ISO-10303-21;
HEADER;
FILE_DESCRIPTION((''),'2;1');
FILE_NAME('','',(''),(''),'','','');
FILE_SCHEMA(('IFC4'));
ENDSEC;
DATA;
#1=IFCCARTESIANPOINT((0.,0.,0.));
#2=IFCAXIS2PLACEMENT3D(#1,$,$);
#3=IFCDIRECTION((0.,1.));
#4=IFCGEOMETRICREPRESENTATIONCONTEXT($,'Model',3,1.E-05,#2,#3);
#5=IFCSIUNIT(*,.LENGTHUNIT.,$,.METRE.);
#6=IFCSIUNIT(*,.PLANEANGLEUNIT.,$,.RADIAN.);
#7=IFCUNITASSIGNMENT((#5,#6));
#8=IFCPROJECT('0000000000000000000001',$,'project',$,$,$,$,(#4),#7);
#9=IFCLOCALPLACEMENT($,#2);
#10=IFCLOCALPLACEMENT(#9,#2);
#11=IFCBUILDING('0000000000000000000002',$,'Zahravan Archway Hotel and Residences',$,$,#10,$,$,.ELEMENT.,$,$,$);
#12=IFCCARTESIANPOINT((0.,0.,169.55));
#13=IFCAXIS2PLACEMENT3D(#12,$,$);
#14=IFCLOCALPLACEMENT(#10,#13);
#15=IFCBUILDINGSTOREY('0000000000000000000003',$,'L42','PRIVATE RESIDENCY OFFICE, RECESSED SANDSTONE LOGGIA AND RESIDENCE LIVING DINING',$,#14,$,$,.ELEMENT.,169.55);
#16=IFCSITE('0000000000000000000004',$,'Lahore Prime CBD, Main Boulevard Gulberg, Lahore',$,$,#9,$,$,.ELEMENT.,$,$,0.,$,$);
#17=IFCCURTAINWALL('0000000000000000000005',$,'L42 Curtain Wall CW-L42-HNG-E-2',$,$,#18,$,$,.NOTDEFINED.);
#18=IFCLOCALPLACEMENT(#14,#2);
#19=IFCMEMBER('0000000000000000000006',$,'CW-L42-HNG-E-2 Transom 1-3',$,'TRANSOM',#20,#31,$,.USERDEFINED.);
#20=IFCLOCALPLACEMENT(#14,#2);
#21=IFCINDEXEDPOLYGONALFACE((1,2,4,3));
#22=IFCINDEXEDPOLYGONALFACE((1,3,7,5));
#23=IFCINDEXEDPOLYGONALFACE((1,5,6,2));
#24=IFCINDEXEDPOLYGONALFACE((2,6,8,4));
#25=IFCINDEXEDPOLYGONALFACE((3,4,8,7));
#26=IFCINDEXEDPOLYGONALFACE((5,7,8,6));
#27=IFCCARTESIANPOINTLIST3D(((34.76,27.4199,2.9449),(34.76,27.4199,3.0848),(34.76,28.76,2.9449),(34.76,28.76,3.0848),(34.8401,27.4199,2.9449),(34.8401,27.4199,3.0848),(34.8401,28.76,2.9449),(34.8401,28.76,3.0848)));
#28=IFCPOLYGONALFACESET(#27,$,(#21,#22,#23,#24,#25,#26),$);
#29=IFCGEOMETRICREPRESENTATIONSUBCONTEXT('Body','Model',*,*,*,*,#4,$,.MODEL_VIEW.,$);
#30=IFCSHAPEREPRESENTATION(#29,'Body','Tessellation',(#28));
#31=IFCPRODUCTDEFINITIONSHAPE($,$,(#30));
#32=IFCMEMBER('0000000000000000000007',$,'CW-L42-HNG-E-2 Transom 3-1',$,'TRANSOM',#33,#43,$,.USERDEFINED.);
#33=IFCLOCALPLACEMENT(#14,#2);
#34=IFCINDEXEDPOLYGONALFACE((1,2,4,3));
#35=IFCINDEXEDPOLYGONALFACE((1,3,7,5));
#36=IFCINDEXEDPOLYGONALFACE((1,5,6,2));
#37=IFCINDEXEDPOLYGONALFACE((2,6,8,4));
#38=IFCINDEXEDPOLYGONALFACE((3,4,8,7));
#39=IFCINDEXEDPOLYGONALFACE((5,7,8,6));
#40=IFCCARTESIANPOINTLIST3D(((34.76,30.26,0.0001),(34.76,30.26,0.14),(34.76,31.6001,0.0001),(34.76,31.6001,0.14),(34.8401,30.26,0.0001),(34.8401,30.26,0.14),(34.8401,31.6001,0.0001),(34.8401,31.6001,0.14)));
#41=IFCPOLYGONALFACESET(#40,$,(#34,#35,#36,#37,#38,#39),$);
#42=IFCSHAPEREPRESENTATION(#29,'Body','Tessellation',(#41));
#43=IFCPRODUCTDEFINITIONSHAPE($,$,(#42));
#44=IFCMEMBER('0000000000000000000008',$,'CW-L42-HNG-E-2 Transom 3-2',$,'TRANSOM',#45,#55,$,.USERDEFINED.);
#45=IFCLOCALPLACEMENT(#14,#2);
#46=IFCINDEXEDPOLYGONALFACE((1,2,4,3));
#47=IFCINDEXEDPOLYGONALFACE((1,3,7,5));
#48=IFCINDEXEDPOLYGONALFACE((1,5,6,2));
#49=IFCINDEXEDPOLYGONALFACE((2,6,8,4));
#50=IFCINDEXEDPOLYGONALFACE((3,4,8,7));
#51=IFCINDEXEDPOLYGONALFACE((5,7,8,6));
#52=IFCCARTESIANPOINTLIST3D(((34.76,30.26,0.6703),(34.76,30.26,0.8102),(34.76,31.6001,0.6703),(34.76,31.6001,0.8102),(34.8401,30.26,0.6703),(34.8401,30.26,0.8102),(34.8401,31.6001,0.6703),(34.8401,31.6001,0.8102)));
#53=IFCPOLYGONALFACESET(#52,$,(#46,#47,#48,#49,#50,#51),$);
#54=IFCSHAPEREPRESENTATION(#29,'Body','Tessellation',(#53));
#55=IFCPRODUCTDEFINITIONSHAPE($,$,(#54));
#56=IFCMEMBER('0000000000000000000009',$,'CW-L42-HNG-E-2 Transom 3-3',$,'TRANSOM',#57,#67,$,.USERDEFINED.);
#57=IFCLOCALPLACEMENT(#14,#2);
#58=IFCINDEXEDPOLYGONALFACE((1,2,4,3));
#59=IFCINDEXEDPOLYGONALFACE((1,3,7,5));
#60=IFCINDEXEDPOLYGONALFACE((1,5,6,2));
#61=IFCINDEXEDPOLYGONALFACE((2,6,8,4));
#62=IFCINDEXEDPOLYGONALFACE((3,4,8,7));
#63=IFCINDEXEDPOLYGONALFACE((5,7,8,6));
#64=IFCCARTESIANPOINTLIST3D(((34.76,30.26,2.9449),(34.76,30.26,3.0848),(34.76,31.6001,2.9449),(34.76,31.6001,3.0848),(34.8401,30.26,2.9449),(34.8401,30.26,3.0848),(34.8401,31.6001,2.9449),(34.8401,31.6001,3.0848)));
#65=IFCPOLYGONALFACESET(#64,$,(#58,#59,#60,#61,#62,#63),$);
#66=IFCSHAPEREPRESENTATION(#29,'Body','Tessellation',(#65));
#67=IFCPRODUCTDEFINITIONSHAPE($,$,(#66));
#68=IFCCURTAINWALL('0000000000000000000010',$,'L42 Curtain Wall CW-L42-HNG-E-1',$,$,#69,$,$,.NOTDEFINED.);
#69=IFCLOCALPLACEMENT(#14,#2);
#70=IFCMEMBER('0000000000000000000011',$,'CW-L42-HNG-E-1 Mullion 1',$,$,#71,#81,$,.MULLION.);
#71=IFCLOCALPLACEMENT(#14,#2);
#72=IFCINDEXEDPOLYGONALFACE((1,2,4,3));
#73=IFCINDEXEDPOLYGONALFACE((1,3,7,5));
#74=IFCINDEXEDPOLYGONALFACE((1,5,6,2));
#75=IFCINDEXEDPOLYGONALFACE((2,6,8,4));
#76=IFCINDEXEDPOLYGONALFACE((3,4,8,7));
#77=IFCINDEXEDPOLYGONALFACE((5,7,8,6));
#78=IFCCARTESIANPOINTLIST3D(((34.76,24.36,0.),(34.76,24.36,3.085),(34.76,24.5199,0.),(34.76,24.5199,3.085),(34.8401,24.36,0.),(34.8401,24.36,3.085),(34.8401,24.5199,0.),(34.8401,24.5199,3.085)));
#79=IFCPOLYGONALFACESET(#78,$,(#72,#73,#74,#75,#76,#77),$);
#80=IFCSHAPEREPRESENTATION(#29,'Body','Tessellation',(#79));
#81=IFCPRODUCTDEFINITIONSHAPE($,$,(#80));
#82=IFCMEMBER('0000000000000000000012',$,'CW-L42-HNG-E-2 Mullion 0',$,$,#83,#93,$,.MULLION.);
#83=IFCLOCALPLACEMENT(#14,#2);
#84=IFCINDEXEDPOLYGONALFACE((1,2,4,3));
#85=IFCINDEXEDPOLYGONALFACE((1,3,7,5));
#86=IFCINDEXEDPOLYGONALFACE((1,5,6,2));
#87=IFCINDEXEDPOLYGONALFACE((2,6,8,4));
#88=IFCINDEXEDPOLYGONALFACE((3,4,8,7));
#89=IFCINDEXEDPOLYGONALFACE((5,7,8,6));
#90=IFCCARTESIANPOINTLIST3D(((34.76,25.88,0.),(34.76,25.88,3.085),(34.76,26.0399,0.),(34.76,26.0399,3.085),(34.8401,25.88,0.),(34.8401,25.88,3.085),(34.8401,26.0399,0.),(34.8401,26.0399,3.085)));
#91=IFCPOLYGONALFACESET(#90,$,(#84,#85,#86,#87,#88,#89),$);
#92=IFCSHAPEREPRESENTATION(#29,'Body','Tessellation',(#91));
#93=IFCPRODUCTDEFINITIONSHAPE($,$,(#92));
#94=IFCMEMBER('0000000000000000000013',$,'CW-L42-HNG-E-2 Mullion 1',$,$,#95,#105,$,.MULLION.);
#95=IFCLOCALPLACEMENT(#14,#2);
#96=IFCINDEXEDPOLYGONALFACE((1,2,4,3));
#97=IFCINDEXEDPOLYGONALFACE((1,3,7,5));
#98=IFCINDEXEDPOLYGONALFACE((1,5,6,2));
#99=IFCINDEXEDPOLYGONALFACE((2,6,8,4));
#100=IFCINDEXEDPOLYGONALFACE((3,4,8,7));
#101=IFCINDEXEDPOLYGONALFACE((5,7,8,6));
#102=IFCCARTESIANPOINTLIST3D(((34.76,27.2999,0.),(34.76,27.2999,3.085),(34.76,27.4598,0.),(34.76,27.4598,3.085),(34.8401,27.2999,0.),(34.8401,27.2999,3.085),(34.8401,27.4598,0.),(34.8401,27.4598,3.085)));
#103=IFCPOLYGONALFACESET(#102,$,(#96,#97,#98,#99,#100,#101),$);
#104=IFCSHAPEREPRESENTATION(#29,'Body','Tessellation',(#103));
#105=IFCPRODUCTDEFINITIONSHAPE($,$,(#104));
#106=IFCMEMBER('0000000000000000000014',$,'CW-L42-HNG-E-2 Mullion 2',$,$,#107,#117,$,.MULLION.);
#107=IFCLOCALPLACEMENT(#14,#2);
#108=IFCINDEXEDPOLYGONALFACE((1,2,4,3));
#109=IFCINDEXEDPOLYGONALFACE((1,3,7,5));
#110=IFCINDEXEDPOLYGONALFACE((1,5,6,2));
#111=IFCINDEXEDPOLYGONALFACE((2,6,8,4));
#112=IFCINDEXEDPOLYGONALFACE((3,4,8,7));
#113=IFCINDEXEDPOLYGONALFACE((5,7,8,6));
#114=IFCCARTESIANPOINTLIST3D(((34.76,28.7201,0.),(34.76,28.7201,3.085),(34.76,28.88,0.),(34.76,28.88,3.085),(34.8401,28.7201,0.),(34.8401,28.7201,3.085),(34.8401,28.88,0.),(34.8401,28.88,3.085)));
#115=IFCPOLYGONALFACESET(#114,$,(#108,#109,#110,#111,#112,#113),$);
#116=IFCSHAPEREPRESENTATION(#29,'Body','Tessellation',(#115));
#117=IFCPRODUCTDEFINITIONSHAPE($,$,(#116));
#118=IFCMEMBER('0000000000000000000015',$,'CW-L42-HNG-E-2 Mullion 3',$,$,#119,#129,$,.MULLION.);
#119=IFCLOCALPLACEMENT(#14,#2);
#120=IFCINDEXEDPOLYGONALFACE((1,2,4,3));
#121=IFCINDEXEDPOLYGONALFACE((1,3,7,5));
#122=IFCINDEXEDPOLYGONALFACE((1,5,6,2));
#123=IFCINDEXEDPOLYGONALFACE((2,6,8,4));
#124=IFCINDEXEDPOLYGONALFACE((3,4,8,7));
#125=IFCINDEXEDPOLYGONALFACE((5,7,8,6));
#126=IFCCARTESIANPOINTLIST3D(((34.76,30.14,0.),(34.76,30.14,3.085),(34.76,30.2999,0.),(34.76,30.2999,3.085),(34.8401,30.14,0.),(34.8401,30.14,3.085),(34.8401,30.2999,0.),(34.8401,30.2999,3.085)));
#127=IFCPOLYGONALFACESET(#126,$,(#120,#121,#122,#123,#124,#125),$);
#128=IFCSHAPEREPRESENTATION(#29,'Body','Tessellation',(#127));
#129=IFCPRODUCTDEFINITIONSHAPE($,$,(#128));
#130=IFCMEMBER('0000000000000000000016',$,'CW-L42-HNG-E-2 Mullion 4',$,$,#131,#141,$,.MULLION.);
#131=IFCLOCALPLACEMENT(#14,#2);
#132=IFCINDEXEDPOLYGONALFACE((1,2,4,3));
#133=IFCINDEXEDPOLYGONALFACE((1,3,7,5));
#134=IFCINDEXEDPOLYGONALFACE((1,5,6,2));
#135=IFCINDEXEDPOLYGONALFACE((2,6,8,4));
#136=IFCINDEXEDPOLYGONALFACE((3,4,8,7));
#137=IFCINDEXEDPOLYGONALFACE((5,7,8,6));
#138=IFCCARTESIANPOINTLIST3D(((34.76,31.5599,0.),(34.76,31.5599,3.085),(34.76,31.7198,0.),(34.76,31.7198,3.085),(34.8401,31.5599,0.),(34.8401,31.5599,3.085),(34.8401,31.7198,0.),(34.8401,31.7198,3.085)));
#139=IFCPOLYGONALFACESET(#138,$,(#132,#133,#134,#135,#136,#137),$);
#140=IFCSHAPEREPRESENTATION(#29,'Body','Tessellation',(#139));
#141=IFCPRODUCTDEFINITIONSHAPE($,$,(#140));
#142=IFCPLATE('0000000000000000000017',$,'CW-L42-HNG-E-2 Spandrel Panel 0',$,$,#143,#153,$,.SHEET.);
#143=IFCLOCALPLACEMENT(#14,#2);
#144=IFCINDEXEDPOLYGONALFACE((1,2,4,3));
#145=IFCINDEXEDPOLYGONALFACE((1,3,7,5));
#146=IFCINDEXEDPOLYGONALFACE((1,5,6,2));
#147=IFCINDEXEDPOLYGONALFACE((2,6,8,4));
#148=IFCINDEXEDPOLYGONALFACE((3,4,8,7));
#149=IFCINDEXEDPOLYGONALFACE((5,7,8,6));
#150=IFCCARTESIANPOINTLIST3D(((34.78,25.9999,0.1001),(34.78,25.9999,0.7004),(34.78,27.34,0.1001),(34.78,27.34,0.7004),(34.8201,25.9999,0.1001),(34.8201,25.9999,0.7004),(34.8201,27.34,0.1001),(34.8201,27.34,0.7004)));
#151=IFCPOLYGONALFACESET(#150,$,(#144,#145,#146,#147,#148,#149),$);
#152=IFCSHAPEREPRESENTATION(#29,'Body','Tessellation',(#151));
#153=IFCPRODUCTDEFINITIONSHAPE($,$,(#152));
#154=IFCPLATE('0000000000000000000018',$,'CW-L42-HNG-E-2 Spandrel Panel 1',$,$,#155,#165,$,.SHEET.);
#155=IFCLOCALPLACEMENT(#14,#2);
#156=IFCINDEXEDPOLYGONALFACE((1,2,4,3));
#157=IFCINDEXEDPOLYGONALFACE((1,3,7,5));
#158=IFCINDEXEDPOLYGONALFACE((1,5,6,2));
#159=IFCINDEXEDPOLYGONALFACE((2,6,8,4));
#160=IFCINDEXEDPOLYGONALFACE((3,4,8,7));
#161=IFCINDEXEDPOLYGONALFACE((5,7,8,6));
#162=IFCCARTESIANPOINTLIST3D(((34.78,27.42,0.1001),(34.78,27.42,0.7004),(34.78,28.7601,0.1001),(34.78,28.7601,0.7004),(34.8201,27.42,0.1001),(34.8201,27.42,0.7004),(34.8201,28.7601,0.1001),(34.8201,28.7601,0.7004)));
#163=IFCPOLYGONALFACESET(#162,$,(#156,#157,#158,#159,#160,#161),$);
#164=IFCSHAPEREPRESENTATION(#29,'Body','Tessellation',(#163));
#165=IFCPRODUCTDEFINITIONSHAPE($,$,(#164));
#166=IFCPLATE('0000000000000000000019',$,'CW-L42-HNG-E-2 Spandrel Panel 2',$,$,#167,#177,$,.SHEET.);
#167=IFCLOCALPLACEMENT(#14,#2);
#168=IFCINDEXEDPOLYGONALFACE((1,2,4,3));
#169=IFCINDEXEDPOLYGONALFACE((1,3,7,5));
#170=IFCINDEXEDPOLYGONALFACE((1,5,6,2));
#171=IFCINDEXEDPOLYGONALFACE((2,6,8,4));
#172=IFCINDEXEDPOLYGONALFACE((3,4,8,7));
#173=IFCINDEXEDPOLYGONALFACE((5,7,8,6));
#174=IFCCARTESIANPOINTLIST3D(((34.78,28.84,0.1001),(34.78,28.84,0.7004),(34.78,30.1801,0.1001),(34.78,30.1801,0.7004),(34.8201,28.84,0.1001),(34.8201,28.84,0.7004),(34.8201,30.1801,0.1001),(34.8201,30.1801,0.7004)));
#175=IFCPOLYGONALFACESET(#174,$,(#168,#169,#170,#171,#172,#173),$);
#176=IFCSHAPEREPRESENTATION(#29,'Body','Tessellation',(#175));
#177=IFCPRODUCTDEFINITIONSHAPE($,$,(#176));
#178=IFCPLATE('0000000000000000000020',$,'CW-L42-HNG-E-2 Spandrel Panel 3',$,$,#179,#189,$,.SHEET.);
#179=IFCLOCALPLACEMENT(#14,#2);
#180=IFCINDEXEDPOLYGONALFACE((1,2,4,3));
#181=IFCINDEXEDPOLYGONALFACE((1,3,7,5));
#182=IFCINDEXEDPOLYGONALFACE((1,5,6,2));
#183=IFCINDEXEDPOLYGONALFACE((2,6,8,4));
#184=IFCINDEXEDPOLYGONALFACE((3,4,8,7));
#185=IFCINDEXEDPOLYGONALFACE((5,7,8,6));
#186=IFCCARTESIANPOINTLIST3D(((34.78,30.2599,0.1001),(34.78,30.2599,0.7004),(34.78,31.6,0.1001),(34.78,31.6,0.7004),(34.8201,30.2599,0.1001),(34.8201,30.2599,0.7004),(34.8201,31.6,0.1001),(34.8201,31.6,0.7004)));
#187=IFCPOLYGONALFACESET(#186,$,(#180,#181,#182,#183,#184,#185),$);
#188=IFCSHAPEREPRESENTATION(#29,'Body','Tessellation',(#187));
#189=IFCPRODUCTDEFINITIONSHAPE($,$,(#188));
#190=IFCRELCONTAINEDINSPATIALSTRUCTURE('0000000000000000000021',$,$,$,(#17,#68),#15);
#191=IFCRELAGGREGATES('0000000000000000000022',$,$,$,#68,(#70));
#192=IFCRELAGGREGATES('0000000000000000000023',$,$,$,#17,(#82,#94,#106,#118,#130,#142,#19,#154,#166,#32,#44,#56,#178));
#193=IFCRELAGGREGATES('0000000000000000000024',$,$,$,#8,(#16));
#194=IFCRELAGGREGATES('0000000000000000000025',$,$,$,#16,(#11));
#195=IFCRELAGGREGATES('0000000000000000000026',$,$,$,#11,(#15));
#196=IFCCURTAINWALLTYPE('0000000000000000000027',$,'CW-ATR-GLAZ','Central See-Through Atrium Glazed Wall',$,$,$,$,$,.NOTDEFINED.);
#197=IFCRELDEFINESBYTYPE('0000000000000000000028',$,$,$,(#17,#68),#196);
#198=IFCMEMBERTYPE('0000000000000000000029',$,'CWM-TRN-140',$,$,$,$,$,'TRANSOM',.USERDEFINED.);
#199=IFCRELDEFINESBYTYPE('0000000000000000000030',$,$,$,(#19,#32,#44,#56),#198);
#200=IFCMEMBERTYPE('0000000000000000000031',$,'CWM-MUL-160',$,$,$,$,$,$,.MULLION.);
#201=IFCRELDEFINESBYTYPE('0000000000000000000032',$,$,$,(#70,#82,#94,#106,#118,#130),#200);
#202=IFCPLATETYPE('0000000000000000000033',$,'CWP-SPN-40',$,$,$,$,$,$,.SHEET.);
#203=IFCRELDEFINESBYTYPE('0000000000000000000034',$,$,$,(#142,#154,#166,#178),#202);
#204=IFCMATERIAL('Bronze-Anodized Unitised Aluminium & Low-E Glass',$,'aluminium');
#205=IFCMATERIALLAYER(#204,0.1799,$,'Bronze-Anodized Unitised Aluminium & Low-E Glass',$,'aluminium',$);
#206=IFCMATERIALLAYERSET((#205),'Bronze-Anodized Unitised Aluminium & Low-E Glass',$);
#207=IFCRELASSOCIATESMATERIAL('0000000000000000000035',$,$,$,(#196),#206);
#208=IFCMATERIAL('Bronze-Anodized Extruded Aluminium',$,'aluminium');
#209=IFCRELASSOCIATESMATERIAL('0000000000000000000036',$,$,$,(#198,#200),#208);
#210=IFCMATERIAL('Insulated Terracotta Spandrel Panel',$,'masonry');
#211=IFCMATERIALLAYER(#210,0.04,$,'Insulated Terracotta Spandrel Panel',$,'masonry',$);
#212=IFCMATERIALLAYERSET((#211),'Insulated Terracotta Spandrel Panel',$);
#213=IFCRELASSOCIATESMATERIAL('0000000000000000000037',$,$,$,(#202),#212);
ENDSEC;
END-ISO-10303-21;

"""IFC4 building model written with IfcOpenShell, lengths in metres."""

from ifc_helpers import new_model, si_unit, direction, frame, origin, origin_2d, place, context, subcontext, project, spatial, rectangle, extrude, source, transform, mapped, material, layer, layer_set, material_profile, profile_set, type_object, element, aggregate, save


model = new_model("IFC4")

# Units and contexts
model_context = context("Model", 3, precision=1e-05, world=origin(), true_north=direction((0.0, 1.0)))
body_context = subcontext(model_context, "Body", "Model", "MODEL_VIEW")
ifc_project = project(units=[si_unit("LENGTHUNIT", "METRE"), si_unit("PLANEANGLEUNIT", "RADIAN")], contexts=[model_context])

# Site, building, storey
site_placement = place(None, origin())
site = spatial("IfcSite", under=ifc_project, at=site_placement, Name="Lahore Prime CBD, Main Boulevard Gulberg, Lahore", CompositionType="ELEMENT", RefElevation=0.0)
building_placement = place(site_placement, origin())
building = spatial("IfcBuilding", under=site, at=building_placement, Name="Zahravan Archway Hotel and Residences", CompositionType="ELEMENT")
storey_placement = place(building_placement, frame((0.0, 0.0, 169.55)))
storey = spatial("IfcBuildingStorey", under=building, at=storey_placement, Name="L42", Description="PRIVATE RESIDENCY OFFICE, RECESSED SANDSTONE LOGGIA AND RESIDENCE LIVING DINING", CompositionType="ELEMENT", Elevation=169.55)

# Curtain wall, members
ifc_material_1 = material(Name="Bronze-Anodized Unitised Aluminium & Low-E Glass", Category="aluminium")
ifc_layer_1 = layer(ifc_material_1, 0.1799, Name="Bronze-Anodized Unitised Aluminium & Low-E Glass", Category="aluminium")
ifc_layer_set_1 = layer_set([ifc_layer_1], Name="Bronze-Anodized Unitised Aluminium & Low-E Glass")
curtain_wall_type = type_object("IfcCurtainWallType", Name="CW-ATR-GLAZ", Description="Central See-Through Atrium Glazed Wall", PredefinedType="NOTDEFINED", material=ifc_layer_set_1)
curtain_wall_1_placement = place(storey_placement, origin())
curtain_wall_1 = element("IfcCurtainWall", 1, at=curtain_wall_1_placement, inside=storey, type_object=curtain_wall_type, Name="L42 Curtain Wall CW-L42-HNG-E-2", PredefinedType="NOTDEFINED")
ifc_material_2 = material(Name="Bronze-Anodized Extruded Aluminium", Category="aluminium")
ifc_material_profile_1 = material_profile(ifc_material_2, rectangle(XDim=0.0801, YDim=0.1399, at=origin_2d()), Name="TRN 80x140", Category="aluminium")
ifc_profile_set_1 = profile_set([ifc_material_profile_1], Name="Bronze-Anodized Extruded Aluminium")
member_type_1 = type_object("IfcMemberType", Name="CWM-TRN-140", ElementType="TRANSOM", PredefinedType="USERDEFINED", material=ifc_profile_set_1)
shared_shape_1 = source(origin(), body_context, "Body", "SweptSolid", [
    extrude(rectangle(XDim=0.0801, YDim=0.1399, at=origin_2d()), origin(), (0.0, 0.0, 1.0), 1.3401),
])
member_1_placement = place(storey_placement, frame((34.8, 27.4199, 3.0149), z_axis=(0.0, 1.0, 0.0), x_axis=(-1.0, 0.0, 0.0)))
member_1 = element("IfcMember", 2, at=member_1_placement, type_object=member_type_1, Name="CW-L42-HNG-E-2 Transom 1-3", ObjectType="TRANSOM", PredefinedType="USERDEFINED", context=body_context, shape_type="MappedRepresentation", body=[
    mapped(shared_shape_1, transform((0.0, 0.0, 0.0), scale=1.0)),
])
member_2_placement = place(storey_placement, frame((34.8, 30.26, 0.0701), z_axis=(0.0, 1.0, 0.0), x_axis=(-1.0, 0.0, 0.0)))
member_2 = element("IfcMember", 3, at=member_2_placement, type_object=member_type_1, Name="CW-L42-HNG-E-2 Transom 3-1", ObjectType="TRANSOM", PredefinedType="USERDEFINED", context=body_context, shape_type="MappedRepresentation", body=[
    mapped(shared_shape_1, transform((0.0, 0.0, 0.0), scale=1.0)),
])
member_3_placement = place(storey_placement, frame((34.8, 30.26, 0.7402), z_axis=(0.0, 1.0, 0.0), x_axis=(-1.0, 0.0, 0.0)))
member_3 = element("IfcMember", 4, at=member_3_placement, type_object=member_type_1, Name="CW-L42-HNG-E-2 Transom 3-2", ObjectType="TRANSOM", PredefinedType="USERDEFINED", context=body_context, shape_type="MappedRepresentation", body=[
    mapped(shared_shape_1, transform((0.0, 0.0, 0.0), scale=1.0)),
])
member_4_placement = place(storey_placement, frame((34.8, 30.26, 3.0149), z_axis=(0.0, 1.0, 0.0), x_axis=(-1.0, 0.0, 0.0)))
member_4 = element("IfcMember", 5, at=member_4_placement, type_object=member_type_1, Name="CW-L42-HNG-E-2 Transom 3-3", ObjectType="TRANSOM", PredefinedType="USERDEFINED", context=body_context, shape_type="MappedRepresentation", body=[
    mapped(shared_shape_1, transform((0.0, 0.0, 0.0), scale=1.0)),
])

# Curtain wall, member
curtain_wall_2_placement = place(storey_placement, origin())
curtain_wall_2 = element("IfcCurtainWall", 6, at=curtain_wall_2_placement, inside=storey, type_object=curtain_wall_type, Name="L42 Curtain Wall CW-L42-HNG-E-1", PredefinedType="NOTDEFINED")
ifc_material_profile_2 = material_profile(ifc_material_2, rectangle(XDim=0.0801, YDim=0.1599, at=origin_2d()), Name="MUL 80x160", Category="aluminium")
ifc_profile_set_2 = profile_set([ifc_material_profile_2], Name="Bronze-Anodized Extruded Aluminium")
member_type_2 = type_object("IfcMemberType", Name="CWM-MUL-160", PredefinedType="MULLION", material=ifc_profile_set_2)
shared_shape_2 = source(origin(), body_context, "Body", "SweptSolid", [
    extrude(rectangle(XDim=0.0801, YDim=0.1599, at=origin_2d()), origin(), (0.0, 0.0, 1.0), 3.085),
])
member_5_placement = place(storey_placement, frame((34.8, 24.4399, 0.0), z_axis=(0.0, 0.0, 1.0), x_axis=(1.0, 0.0, 0.0)))
member_5 = element("IfcMember", 7, at=member_5_placement, type_object=member_type_2, Name="CW-L42-HNG-E-1 Mullion 1", PredefinedType="MULLION", context=body_context, shape_type="MappedRepresentation", body=[
    mapped(shared_shape_2, transform((0.0, 0.0, 0.0), scale=1.0)),
])
aggregate(curtain_wall_2, [member_5])

# Members
member_6_placement = place(storey_placement, frame((34.8, 25.96, 0.0), z_axis=(0.0, 0.0, 1.0), x_axis=(1.0, 0.0, 0.0)))
member_6 = element("IfcMember", 8, at=member_6_placement, type_object=member_type_2, Name="CW-L42-HNG-E-2 Mullion 0", PredefinedType="MULLION", context=body_context, shape_type="MappedRepresentation", body=[
    mapped(shared_shape_2, transform((0.0, 0.0, 0.0), scale=1.0)),
])
member_7_placement = place(storey_placement, frame((34.8, 27.3799, 0.0), z_axis=(0.0, 0.0, 1.0), x_axis=(1.0, 0.0, 0.0)))
member_7 = element("IfcMember", 9, at=member_7_placement, type_object=member_type_2, Name="CW-L42-HNG-E-2 Mullion 1", PredefinedType="MULLION", context=body_context, shape_type="MappedRepresentation", body=[
    mapped(shared_shape_2, transform((0.0, 0.0, 0.0), scale=1.0)),
])
member_8_placement = place(storey_placement, frame((34.8, 28.8, 0.0), z_axis=(0.0, 0.0, 1.0), x_axis=(1.0, 0.0, 0.0)))
member_8 = element("IfcMember", 10, at=member_8_placement, type_object=member_type_2, Name="CW-L42-HNG-E-2 Mullion 2", PredefinedType="MULLION", context=body_context, shape_type="MappedRepresentation", body=[
    mapped(shared_shape_2, transform((0.0, 0.0, 0.0), scale=1.0)),
])
member_9_placement = place(storey_placement, frame((34.8, 30.22, 0.0), z_axis=(0.0, 0.0, 1.0), x_axis=(1.0, 0.0, 0.0)))
member_9 = element("IfcMember", 11, at=member_9_placement, type_object=member_type_2, Name="CW-L42-HNG-E-2 Mullion 3", PredefinedType="MULLION", context=body_context, shape_type="MappedRepresentation", body=[
    mapped(shared_shape_2, transform((0.0, 0.0, 0.0), scale=1.0)),
])
member_10_placement = place(storey_placement, frame((34.8, 31.6399, 0.0), z_axis=(0.0, 0.0, 1.0), x_axis=(1.0, 0.0, 0.0)))
member_10 = element("IfcMember", 12, at=member_10_placement, type_object=member_type_2, Name="CW-L42-HNG-E-2 Mullion 4", PredefinedType="MULLION", context=body_context, shape_type="MappedRepresentation", body=[
    mapped(shared_shape_2, transform((0.0, 0.0, 0.0), scale=1.0)),
])

# Plates
ifc_material_3 = material(Name="Insulated Terracotta Spandrel Panel", Category="masonry")
ifc_layer_2 = layer(ifc_material_3, 0.04, Name="Insulated Terracotta Spandrel Panel", Category="masonry")
ifc_layer_set_2 = layer_set([ifc_layer_2], Name="Insulated Terracotta Spandrel Panel")
plate_type_1 = type_object("IfcPlateType", Name="CWP-SPN-40", PredefinedType="SHEET", material=ifc_layer_set_2)
shared_shape_3 = source(origin(), body_context, "Body", "SweptSolid", [
    extrude(rectangle(XDim=1.3401, YDim=0.04, at=origin_2d()), origin(), (0.0, 0.0, 1.0), 0.6003),
])
plate_1_placement = place(storey_placement, frame((34.8, 26.6699, 0.1001), z_axis=(0.0, 0.0, 1.0), x_axis=(0.0, 1.0, 0.0)))
plate_1 = element("IfcPlate", 13, at=plate_1_placement, type_object=plate_type_1, Name="CW-L42-HNG-E-2 Spandrel Panel 0", PredefinedType="SHEET", context=body_context, shape_type="MappedRepresentation", body=[
    mapped(shared_shape_3, transform((0.0, 0.0, 0.0), scale=1.0)),
])
plate_2_placement = place(storey_placement, frame((34.8, 28.0901, 0.1001), z_axis=(0.0, 0.0, 1.0), x_axis=(0.0, 1.0, 0.0)))
plate_2 = element("IfcPlate", 14, at=plate_2_placement, type_object=plate_type_1, Name="CW-L42-HNG-E-2 Spandrel Panel 1", PredefinedType="SHEET", context=body_context, shape_type="MappedRepresentation", body=[
    mapped(shared_shape_3, transform((0.0, 0.0, 0.0), scale=1.0)),
])
plate_3_placement = place(storey_placement, frame((34.8, 29.51, 0.1001), z_axis=(0.0, 0.0, 1.0), x_axis=(0.0, 1.0, 0.0)))
plate_3 = element("IfcPlate", 15, at=plate_3_placement, type_object=plate_type_1, Name="CW-L42-HNG-E-2 Spandrel Panel 2", PredefinedType="SHEET", context=body_context, shape_type="MappedRepresentation", body=[
    mapped(shared_shape_3, transform((0.0, 0.0, 0.0), scale=1.0)),
])
plate_4_placement = place(storey_placement, frame((34.8, 30.9299, 0.1001), z_axis=(0.0, 0.0, 1.0), x_axis=(0.0, 1.0, 0.0)))
plate_4 = element("IfcPlate", 16, at=plate_4_placement, type_object=plate_type_1, Name="CW-L42-HNG-E-2 Spandrel Panel 3", PredefinedType="SHEET", context=body_context, shape_type="MappedRepresentation", body=[
    mapped(shared_shape_3, transform((0.0, 0.0, 0.0), scale=1.0)),
])
aggregate(curtain_wall_1, [member_6, member_7, member_8, member_9, member_10, plate_1, member_1, plate_2, plate_3, member_2, member_3, member_4, plate_4])

save(model, "model.ifc")
